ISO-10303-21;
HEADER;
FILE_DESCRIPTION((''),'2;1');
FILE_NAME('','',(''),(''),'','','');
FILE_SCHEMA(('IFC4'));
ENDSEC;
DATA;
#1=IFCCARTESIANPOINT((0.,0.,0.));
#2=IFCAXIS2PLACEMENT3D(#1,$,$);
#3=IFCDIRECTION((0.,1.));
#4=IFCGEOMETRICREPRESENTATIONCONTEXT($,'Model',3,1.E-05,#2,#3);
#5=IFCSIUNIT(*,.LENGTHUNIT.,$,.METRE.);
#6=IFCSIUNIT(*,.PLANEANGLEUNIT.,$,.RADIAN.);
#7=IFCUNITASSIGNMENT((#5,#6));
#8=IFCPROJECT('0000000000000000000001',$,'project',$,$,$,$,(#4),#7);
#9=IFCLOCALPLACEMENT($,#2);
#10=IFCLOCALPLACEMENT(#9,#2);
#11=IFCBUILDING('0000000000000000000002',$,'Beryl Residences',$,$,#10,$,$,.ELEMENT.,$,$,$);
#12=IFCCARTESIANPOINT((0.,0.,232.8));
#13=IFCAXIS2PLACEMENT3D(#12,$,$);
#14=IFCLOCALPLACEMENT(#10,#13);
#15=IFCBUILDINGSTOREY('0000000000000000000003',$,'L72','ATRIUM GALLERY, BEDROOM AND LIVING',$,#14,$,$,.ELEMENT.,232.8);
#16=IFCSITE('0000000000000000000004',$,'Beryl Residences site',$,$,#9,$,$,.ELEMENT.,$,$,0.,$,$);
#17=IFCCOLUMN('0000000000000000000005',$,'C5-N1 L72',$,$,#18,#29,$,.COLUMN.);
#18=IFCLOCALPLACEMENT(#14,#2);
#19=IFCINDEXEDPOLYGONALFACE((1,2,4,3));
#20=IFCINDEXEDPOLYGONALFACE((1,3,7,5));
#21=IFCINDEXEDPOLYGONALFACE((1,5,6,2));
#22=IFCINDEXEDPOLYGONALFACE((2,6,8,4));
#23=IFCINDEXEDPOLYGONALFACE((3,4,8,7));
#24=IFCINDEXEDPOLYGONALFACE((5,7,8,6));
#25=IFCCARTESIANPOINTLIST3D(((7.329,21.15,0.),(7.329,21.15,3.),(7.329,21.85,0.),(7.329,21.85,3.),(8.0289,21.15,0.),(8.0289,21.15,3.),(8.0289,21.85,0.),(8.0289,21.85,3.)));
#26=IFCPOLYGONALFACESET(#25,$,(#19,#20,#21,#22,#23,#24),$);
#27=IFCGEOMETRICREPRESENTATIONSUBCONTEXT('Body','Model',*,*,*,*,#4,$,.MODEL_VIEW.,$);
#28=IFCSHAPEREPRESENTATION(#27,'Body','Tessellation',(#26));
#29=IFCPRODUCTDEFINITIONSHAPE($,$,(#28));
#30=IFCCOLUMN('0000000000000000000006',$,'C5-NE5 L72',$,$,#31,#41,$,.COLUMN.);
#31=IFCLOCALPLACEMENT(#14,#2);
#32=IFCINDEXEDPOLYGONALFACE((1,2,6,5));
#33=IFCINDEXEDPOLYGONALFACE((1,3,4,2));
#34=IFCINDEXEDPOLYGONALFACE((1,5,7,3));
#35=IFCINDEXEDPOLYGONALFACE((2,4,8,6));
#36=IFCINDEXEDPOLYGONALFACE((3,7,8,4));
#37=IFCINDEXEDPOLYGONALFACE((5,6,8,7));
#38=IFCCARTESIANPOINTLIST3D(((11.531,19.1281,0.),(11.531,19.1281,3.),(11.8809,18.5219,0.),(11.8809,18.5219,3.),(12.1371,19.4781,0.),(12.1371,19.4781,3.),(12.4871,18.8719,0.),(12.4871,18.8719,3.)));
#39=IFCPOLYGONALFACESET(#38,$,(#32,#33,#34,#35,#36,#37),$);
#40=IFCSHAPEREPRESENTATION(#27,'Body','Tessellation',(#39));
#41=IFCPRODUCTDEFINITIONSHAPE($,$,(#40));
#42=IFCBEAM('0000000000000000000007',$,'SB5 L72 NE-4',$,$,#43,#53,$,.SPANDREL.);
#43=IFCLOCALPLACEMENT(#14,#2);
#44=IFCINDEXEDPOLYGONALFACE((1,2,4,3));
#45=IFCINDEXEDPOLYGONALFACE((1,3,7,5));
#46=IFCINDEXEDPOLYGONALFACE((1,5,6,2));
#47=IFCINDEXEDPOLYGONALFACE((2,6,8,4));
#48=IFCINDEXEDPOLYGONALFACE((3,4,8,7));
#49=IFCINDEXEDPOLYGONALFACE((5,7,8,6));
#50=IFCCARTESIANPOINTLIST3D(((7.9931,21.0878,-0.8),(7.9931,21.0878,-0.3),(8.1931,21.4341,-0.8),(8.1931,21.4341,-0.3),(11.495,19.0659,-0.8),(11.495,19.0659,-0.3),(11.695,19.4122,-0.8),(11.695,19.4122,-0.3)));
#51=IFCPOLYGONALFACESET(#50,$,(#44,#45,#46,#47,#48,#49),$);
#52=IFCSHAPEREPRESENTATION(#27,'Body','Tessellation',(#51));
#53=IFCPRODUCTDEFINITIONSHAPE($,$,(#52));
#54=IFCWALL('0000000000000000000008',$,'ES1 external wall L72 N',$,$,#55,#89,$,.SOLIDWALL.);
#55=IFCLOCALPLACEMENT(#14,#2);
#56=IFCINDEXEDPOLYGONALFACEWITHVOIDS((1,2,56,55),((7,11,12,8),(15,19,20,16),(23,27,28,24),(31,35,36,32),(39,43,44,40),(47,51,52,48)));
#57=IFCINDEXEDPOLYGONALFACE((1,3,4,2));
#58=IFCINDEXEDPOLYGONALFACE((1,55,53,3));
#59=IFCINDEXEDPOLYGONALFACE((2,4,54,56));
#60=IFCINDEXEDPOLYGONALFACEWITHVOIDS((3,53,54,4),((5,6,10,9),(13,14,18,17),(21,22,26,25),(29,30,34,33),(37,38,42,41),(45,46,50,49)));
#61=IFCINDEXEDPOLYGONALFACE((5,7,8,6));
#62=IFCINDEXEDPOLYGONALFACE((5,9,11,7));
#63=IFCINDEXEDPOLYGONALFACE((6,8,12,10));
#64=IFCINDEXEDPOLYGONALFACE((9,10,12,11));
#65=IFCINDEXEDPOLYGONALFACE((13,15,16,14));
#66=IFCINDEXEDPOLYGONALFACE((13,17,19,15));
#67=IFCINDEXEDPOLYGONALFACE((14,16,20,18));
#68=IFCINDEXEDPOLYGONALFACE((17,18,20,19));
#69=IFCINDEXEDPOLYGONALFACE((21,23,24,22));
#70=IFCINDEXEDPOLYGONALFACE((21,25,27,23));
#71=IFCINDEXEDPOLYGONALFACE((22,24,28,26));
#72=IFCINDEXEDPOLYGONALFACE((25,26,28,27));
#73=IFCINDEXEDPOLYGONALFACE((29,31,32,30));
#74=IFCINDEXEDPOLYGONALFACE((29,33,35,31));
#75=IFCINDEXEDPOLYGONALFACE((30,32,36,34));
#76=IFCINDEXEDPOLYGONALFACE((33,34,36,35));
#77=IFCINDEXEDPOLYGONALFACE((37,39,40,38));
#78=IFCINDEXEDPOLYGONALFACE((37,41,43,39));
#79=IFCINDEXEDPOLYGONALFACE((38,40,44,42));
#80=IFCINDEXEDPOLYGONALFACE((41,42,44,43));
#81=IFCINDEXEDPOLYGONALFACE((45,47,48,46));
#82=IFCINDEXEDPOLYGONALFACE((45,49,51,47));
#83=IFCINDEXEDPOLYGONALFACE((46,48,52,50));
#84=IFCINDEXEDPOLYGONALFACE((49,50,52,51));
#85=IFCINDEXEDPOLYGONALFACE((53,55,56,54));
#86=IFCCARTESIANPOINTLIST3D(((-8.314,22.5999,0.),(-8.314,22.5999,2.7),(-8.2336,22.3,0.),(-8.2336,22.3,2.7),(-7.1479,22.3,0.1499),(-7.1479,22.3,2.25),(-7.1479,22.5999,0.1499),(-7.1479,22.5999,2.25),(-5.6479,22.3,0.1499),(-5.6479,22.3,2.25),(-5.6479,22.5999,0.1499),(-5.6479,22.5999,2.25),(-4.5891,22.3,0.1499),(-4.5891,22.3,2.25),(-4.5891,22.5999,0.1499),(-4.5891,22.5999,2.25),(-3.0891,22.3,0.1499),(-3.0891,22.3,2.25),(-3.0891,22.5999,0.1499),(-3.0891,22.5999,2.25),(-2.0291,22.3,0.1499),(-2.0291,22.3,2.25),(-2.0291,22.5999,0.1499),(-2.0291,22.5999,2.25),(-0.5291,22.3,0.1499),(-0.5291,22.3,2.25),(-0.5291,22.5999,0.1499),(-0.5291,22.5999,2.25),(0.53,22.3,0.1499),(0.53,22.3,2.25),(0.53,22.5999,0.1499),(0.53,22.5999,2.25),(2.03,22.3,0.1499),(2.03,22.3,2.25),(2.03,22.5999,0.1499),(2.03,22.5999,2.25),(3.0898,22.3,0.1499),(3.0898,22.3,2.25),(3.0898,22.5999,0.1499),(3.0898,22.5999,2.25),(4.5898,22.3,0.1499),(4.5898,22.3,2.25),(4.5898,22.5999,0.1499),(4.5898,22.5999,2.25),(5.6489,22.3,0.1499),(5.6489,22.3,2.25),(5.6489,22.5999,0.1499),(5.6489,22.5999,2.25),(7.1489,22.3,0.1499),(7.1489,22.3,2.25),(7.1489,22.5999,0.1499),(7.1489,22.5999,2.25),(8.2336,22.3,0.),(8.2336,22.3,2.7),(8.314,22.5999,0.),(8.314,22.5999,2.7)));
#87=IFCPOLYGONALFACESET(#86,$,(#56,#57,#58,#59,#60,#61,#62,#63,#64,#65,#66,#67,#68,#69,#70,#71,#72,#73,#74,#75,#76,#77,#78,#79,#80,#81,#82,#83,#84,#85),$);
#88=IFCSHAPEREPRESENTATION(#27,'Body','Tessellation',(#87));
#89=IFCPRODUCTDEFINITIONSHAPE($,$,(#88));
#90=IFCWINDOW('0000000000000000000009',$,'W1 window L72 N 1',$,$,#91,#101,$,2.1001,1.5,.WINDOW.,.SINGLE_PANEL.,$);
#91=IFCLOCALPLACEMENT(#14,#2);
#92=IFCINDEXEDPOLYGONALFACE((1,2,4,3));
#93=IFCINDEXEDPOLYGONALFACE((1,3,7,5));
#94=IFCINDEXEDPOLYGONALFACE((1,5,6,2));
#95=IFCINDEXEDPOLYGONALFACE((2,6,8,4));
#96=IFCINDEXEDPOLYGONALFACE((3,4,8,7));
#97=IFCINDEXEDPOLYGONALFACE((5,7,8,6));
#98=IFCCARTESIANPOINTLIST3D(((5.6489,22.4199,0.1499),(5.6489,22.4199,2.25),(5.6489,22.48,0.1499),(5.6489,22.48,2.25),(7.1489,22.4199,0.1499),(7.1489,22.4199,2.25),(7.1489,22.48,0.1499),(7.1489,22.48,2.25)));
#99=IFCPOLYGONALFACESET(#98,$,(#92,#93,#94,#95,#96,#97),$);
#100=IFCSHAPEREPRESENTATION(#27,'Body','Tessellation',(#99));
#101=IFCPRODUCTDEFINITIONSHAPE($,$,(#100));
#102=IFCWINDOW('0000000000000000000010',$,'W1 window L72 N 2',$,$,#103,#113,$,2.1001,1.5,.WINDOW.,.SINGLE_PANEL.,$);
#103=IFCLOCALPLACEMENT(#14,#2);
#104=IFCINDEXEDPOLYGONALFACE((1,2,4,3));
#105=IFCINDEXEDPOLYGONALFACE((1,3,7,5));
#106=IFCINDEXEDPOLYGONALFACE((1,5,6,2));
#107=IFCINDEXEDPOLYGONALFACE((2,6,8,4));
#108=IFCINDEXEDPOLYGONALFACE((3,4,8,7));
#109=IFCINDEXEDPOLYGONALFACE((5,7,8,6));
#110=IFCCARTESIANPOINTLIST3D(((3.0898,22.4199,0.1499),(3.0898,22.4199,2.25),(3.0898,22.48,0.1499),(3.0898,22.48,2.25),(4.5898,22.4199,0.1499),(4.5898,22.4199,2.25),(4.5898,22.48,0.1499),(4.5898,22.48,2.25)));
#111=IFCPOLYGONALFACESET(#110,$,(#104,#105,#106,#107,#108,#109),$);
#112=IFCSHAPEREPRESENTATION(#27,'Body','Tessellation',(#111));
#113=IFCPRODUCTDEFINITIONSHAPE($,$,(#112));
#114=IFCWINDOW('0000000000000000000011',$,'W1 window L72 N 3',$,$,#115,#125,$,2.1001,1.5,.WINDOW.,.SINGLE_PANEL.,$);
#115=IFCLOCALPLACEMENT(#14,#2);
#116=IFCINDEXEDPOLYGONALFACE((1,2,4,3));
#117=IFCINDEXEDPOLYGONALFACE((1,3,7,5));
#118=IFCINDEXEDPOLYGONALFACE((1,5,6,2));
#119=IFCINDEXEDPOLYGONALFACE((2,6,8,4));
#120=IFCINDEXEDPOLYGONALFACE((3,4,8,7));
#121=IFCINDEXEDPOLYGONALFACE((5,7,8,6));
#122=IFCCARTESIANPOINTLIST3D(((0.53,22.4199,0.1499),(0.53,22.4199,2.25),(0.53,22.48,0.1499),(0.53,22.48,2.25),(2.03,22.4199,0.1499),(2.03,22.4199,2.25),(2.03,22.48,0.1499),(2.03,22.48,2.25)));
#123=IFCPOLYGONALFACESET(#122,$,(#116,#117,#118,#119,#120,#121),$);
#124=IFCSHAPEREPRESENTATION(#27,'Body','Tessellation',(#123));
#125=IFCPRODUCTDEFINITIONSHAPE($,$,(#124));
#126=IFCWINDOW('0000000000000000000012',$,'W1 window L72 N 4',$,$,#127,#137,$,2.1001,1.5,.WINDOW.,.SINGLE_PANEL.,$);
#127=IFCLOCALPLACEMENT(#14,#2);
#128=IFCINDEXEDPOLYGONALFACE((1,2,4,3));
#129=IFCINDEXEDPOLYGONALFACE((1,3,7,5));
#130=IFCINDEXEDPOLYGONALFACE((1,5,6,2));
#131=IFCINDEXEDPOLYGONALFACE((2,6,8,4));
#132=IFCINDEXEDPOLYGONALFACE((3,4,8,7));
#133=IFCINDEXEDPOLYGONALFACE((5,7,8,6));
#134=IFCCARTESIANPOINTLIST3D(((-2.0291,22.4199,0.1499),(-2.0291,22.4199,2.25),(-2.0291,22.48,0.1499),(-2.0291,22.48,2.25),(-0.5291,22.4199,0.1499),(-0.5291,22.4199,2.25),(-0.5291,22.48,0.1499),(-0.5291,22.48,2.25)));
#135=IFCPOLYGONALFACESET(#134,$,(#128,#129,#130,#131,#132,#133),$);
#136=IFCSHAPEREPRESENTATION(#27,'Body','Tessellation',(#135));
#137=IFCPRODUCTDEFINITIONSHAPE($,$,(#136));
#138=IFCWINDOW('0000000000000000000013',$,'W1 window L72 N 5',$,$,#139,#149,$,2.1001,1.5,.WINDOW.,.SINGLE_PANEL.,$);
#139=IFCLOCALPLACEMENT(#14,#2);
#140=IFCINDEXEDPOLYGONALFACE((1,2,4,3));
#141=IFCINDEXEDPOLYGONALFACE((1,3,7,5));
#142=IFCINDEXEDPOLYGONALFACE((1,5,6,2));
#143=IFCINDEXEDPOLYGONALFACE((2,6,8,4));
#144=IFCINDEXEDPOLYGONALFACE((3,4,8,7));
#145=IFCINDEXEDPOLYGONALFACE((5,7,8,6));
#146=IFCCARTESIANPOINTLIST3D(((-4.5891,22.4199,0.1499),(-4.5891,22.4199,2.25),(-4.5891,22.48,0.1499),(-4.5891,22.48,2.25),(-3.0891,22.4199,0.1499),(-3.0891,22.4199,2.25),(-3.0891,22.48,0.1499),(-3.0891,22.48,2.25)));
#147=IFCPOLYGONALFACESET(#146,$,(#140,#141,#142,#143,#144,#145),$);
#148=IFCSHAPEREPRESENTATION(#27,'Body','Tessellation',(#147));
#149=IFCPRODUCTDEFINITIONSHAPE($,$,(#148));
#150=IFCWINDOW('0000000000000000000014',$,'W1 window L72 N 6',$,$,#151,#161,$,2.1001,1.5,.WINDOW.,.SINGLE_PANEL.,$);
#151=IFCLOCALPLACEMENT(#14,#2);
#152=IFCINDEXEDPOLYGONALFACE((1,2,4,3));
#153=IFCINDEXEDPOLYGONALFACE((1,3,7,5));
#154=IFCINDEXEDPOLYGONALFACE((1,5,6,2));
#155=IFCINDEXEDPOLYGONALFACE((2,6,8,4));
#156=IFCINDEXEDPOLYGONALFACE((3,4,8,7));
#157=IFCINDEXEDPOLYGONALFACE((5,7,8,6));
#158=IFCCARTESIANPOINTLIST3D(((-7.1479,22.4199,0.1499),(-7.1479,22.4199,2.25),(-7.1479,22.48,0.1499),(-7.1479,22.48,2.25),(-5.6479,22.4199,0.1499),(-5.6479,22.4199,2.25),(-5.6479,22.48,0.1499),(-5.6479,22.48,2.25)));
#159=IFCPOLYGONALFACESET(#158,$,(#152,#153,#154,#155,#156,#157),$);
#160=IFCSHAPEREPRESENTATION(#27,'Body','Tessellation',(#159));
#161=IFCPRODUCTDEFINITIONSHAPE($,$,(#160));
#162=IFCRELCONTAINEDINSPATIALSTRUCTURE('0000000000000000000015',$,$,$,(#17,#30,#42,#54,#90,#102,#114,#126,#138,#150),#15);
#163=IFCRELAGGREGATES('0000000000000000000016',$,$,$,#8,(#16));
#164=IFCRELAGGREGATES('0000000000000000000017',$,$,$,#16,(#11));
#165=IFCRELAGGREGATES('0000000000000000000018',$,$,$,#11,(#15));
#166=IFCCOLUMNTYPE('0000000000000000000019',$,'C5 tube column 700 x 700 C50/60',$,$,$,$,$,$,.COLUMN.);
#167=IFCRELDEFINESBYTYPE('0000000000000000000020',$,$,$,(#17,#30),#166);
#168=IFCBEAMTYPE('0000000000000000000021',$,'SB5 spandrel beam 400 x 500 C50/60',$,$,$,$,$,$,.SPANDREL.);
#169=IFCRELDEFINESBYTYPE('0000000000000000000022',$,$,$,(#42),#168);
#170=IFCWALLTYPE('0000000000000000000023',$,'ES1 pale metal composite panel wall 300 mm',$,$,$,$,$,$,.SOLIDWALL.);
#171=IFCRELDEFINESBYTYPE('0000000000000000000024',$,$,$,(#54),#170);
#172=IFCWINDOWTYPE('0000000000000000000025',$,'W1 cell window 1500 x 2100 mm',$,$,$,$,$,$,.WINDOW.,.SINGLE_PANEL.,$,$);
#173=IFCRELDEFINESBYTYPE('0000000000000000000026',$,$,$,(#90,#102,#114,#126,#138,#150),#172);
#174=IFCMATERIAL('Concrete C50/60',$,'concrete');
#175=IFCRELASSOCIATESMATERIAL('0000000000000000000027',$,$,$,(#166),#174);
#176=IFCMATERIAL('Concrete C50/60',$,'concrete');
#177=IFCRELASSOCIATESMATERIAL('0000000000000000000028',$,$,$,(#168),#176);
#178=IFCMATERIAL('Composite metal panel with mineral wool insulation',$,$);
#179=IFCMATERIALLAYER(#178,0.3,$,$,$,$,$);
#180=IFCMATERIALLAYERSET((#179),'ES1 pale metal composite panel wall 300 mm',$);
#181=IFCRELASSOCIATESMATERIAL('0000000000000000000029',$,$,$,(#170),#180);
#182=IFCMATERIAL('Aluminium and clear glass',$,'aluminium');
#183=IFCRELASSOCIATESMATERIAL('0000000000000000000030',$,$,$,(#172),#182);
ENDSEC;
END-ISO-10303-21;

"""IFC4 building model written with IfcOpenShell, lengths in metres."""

from ifc_helpers import new_model, si_unit, direction, frame, frame_2d, origin, origin_2d, place, context, subcontext, project, spatial, polyline, rectangle, outline, extrude, material, layer, layer_set, material_profile, profile_set, type_object, element, fill, save


model = new_model("IFC4")

# Units and contexts
model_context = context("Model", 3, precision=1e-05, world=origin(), true_north=direction((0.0, 1.0)))
body_context = subcontext(model_context, "Body", "Model", "MODEL_VIEW")
ifc_project = project(units=[si_unit("LENGTHUNIT", "METRE"), si_unit("PLANEANGLEUNIT", "RADIAN")], contexts=[model_context])

# Site, building, storey
site_placement = place(None, origin())
site = spatial("IfcSite", under=ifc_project, at=site_placement, Name="Beryl Residences site", CompositionType="ELEMENT", RefElevation=0.0)
building_placement = place(site_placement, origin())
building = spatial("IfcBuilding", under=site, at=building_placement, Name="Beryl Residences", CompositionType="ELEMENT")
storey_placement = place(building_placement, frame((0.0, 0.0, 232.8)))
storey = spatial("IfcBuildingStorey", under=building, at=storey_placement, Name="L72", Description="ATRIUM GALLERY, BEDROOM AND LIVING", CompositionType="ELEMENT", Elevation=232.8)

# Columns
ifc_material_1 = material(Name="Concrete C50/60", Category="concrete")
ifc_material_profile_1 = material_profile(ifc_material_1, rectangle(XDim=0.7, YDim=0.7, at=origin_2d()))
ifc_profile_set_1 = profile_set([ifc_material_profile_1], Name="Concrete C50/60")
column_type = type_object("IfcColumnType", Name="C5 tube column 700 x 700 C50/60", PredefinedType="COLUMN", material=ifc_profile_set_1)
for number, where, z_axis, x_axis, name in (
    (1, (7.679, 21.5, 0.0), (0.0, 0.0, 1.0), (-1.0, 0.0, 0.0), "C5-N1 L72"),
    (2, (12.009, 19.0, 0.0), (0.0, 0.0, 1.0), (-0.49997, 0.866043, 0.0), "C5-NE5 L72"),
):
    element("IfcColumn", number, at=place(storey_placement, frame(where, z_axis=z_axis, x_axis=x_axis)), inside=storey, type_object=column_type, Name=name, PredefinedType="COLUMN", context=body_context, shape_type="SweptSolid", body=[
        extrude(rectangle(XDim=0.7, YDim=0.7, at=origin_2d()), origin(), (0.0, 0.0, 1.0), 3.0),
    ])

# Beam
ifc_material_2 = material(Name="Concrete C50/60", Category="concrete")
ifc_material_profile_2 = material_profile(ifc_material_2, rectangle(XDim=0.3999, YDim=0.5, at=origin_2d()))
ifc_profile_set_2 = profile_set([ifc_material_profile_2], Name="Concrete C50/60")
beam_type = type_object("IfcBeamType", Name="SB5 spandrel beam 400 x 500 C50/60", PredefinedType="SPANDREL", material=ifc_profile_set_2)
beam_placement = place(storey_placement, frame((11.595, 19.239, -0.55), z_axis=(-0.866013, 0.500022, 0.0), x_axis=(-0.500022, -0.866013, 0.0)))
element("IfcBeam", 3, at=beam_placement, inside=storey, type_object=beam_type, Name="SB5 L72 NE-4", PredefinedType="SPANDREL", context=body_context, shape_type="SweptSolid", body=[
    extrude(rectangle(XDim=0.3999, YDim=0.5, at=origin_2d()), origin(), (0.0, 0.0, 1.0), 4.0437),
])

# Wall, openings, windows
ifc_material_3 = material(Name="Composite metal panel with mineral wool insulation")
ifc_layer_1 = layer(ifc_material_3, 0.3)
ifc_layer_set_1 = layer_set([ifc_layer_1], Name="ES1 pale metal composite panel wall 300 mm")
wall_type_1 = type_object("IfcWallType", Name="ES1 pale metal composite panel wall 300 mm", PredefinedType="SOLIDWALL", material=ifc_layer_set_1)
wall_1_placement = place(storey_placement, frame((8.314, 22.45, 0.0), z_axis=(0.0, 0.0, 1.0), x_axis=(-1.0, 0.0, 0.0)))
wall_1 = element("IfcWall", 4, at=wall_1_placement, inside=storey, type_object=wall_type_1, Name="ES1 external wall L72 N", PredefinedType="SOLIDWALL", context=body_context, shape_type="SweptSolid", body=[
    extrude(outline(polyline([(0.0, -0.1499), (16.6279, -0.1499), (16.5476, 0.1499), (0.0803, 0.1499), (0.0, -0.1499)])), origin(), (0.0, 0.0, 1.0), 2.7),
])
opening_1_placement = place(wall_1_placement, frame((1.165, 0.0, 0.1499)))
opening_1 = element("IfcOpeningElement", 5, at=opening_1_placement, cuts=wall_1, PredefinedType="OPENING", context=body_context, shape_type="SweptSolid", body=[
    extrude(rectangle(XDim=1.5, YDim=2.1001, at=frame_2d((0.75, 1.05))), frame((0.0, 0.1599, 0.0), z_axis=(0.0, -1.0, 0.0), x_axis=(1.0, 0.0, 0.0)), (0.0, 0.0, 1.0), 0.3201),
])
opening_2_placement = place(wall_1_placement, frame((3.7241, 0.0, 0.1499)))
opening_2 = element("IfcOpeningElement", 6, at=opening_2_placement, cuts=wall_1, PredefinedType="OPENING", context=body_context, shape_type="SweptSolid", body=[
    extrude(rectangle(XDim=1.5, YDim=2.1001, at=frame_2d((0.75, 1.05))), frame((0.0, 0.1599, 0.0), z_axis=(0.0, -1.0, 0.0), x_axis=(1.0, 0.0, 0.0)), (0.0, 0.0, 1.0), 0.3201),
])
opening_3_placement = place(wall_1_placement, frame((6.2839, 0.0, 0.1499)))
opening_3 = element("IfcOpeningElement", 7, at=opening_3_placement, cuts=wall_1, PredefinedType="OPENING", context=body_context, shape_type="SweptSolid", body=[
    extrude(rectangle(XDim=1.5, YDim=2.1001, at=frame_2d((0.75, 1.05))), frame((0.0, 0.1599, 0.0), z_axis=(0.0, -1.0, 0.0), x_axis=(1.0, 0.0, 0.0)), (0.0, 0.0, 1.0), 0.3201),
])
opening_4_placement = place(wall_1_placement, frame((8.843, 0.0, 0.1499)))
opening_4 = element("IfcOpeningElement", 8, at=opening_4_placement, cuts=wall_1, PredefinedType="OPENING", context=body_context, shape_type="SweptSolid", body=[
    extrude(rectangle(XDim=1.5, YDim=2.1001, at=frame_2d((0.75, 1.05))), frame((0.0, 0.1599, 0.0), z_axis=(0.0, -1.0, 0.0), x_axis=(1.0, 0.0, 0.0)), (0.0, 0.0, 1.0), 0.3201),
])
opening_5_placement = place(wall_1_placement, frame((11.4031, 0.0, 0.1499)))
opening_5 = element("IfcOpeningElement", 9, at=opening_5_placement, cuts=wall_1, PredefinedType="OPENING", context=body_context, shape_type="SweptSolid", body=[
    extrude(rectangle(XDim=1.5, YDim=2.1001, at=frame_2d((0.75, 1.05))), frame((0.0, 0.1599, 0.0), z_axis=(0.0, -1.0, 0.0), x_axis=(1.0, 0.0, 0.0)), (0.0, 0.0, 1.0), 0.3201),
])
opening_6_placement = place(wall_1_placement, frame((13.9619, 0.0, 0.1499)))
opening_6 = element("IfcOpeningElement", 10, at=opening_6_placement, cuts=wall_1, PredefinedType="OPENING", context=body_context, shape_type="SweptSolid", body=[
    extrude(rectangle(XDim=1.5, YDim=2.1001, at=frame_2d((0.75, 1.05))), frame((0.0, 0.1599, 0.0), z_axis=(0.0, -1.0, 0.0), x_axis=(1.0, 0.0, 0.0)), (0.0, 0.0, 1.0), 0.3201),
])
ifc_material_4 = material(Name="Aluminium and clear glass", Category="aluminium")
window_type_1 = type_object("IfcWindowType", Name="W1 cell window 1500 x 2100 mm", PartitioningType="SINGLE_PANEL", PredefinedType="WINDOW", material=ifc_material_4)
window_1_placement = place(opening_1_placement, origin())
window_1 = element("IfcWindow", 11, at=window_1_placement, inside=storey, type_object=window_type_1, Name="W1 window L72 N 1", OverallHeight=2.1001, OverallWidth=1.5, PartitioningType="SINGLE_PANEL", PredefinedType="WINDOW", context=body_context, shape_type="SweptSolid", body=[
    extrude(rectangle(XDim=1.5, YDim=2.1001, at=frame_2d((0.75, 1.05))), frame((0.0, 0.03, 0.0), z_axis=(0.0, -1.0, 0.0), x_axis=(1.0, 0.0, 0.0)), (0.0, 0.0, 1.0), 0.0601),
])
fill(opening_1, window_1)
window_2_placement = place(opening_2_placement, origin())
window_2 = element("IfcWindow", 12, at=window_2_placement, inside=storey, type_object=window_type_1, Name="W1 window L72 N 2", OverallHeight=2.1001, OverallWidth=1.5, PartitioningType="SINGLE_PANEL", PredefinedType="WINDOW", context=body_context, shape_type="SweptSolid", body=[
    extrude(rectangle(XDim=1.5, YDim=2.1001, at=frame_2d((0.75, 1.05))), frame((0.0, 0.03, 0.0), z_axis=(0.0, -1.0, 0.0), x_axis=(1.0, 0.0, 0.0)), (0.0, 0.0, 1.0), 0.0601),
])
fill(opening_2, window_2)
window_3_placement = place(opening_3_placement, origin())
window_3 = element("IfcWindow", 13, at=window_3_placement, inside=storey, type_object=window_type_1, Name="W1 window L72 N 3", OverallHeight=2.1001, OverallWidth=1.5, PartitioningType="SINGLE_PANEL", PredefinedType="WINDOW", context=body_context, shape_type="SweptSolid", body=[
    extrude(rectangle(XDim=1.5, YDim=2.1001, at=frame_2d((0.75, 1.05))), frame((0.0, 0.03, 0.0), z_axis=(0.0, -1.0, 0.0), x_axis=(1.0, 0.0, 0.0)), (0.0, 0.0, 1.0), 0.0601),
])
fill(opening_3, window_3)
window_4_placement = place(opening_4_placement, origin())
window_4 = element("IfcWindow", 14, at=window_4_placement, inside=storey, type_object=window_type_1, Name="W1 window L72 N 4", OverallHeight=2.1001, OverallWidth=1.5, PartitioningType="SINGLE_PANEL", PredefinedType="WINDOW", context=body_context, shape_type="SweptSolid", body=[
    extrude(rectangle(XDim=1.5, YDim=2.1001, at=frame_2d((0.75, 1.05))), frame((0.0, 0.03, 0.0), z_axis=(0.0, -1.0, 0.0), x_axis=(1.0, 0.0, 0.0)), (0.0, 0.0, 1.0), 0.0601),
])
fill(opening_4, window_4)
window_5_placement = place(opening_5_placement, origin())
window_5 = element("IfcWindow", 15, at=window_5_placement, inside=storey, type_object=window_type_1, Name="W1 window L72 N 5", OverallHeight=2.1001, OverallWidth=1.5, PartitioningType="SINGLE_PANEL", PredefinedType="WINDOW", context=body_context, shape_type="SweptSolid", body=[
    extrude(rectangle(XDim=1.5, YDim=2.1001, at=frame_2d((0.75, 1.05))), frame((0.0, 0.03, 0.0), z_axis=(0.0, -1.0, 0.0), x_axis=(1.0, 0.0, 0.0)), (0.0, 0.0, 1.0), 0.0601),
])
fill(opening_5, window_5)
window_6_placement = place(opening_6_placement, origin())
window_6 = element("IfcWindow", 16, at=window_6_placement, inside=storey, type_object=window_type_1, Name="W1 window L72 N 6", OverallHeight=2.1001, OverallWidth=1.5, PartitioningType="SINGLE_PANEL", PredefinedType="WINDOW", context=body_context, shape_type="SweptSolid", body=[
    extrude(rectangle(XDim=1.5, YDim=2.1001, at=frame_2d((0.75, 1.05))), frame((0.0, 0.03, 0.0), z_axis=(0.0, -1.0, 0.0), x_axis=(1.0, 0.0, 0.0)), (0.0, 0.0, 1.0), 0.0601),
])
fill(opening_6, window_6)

save(model, "model.ifc")
